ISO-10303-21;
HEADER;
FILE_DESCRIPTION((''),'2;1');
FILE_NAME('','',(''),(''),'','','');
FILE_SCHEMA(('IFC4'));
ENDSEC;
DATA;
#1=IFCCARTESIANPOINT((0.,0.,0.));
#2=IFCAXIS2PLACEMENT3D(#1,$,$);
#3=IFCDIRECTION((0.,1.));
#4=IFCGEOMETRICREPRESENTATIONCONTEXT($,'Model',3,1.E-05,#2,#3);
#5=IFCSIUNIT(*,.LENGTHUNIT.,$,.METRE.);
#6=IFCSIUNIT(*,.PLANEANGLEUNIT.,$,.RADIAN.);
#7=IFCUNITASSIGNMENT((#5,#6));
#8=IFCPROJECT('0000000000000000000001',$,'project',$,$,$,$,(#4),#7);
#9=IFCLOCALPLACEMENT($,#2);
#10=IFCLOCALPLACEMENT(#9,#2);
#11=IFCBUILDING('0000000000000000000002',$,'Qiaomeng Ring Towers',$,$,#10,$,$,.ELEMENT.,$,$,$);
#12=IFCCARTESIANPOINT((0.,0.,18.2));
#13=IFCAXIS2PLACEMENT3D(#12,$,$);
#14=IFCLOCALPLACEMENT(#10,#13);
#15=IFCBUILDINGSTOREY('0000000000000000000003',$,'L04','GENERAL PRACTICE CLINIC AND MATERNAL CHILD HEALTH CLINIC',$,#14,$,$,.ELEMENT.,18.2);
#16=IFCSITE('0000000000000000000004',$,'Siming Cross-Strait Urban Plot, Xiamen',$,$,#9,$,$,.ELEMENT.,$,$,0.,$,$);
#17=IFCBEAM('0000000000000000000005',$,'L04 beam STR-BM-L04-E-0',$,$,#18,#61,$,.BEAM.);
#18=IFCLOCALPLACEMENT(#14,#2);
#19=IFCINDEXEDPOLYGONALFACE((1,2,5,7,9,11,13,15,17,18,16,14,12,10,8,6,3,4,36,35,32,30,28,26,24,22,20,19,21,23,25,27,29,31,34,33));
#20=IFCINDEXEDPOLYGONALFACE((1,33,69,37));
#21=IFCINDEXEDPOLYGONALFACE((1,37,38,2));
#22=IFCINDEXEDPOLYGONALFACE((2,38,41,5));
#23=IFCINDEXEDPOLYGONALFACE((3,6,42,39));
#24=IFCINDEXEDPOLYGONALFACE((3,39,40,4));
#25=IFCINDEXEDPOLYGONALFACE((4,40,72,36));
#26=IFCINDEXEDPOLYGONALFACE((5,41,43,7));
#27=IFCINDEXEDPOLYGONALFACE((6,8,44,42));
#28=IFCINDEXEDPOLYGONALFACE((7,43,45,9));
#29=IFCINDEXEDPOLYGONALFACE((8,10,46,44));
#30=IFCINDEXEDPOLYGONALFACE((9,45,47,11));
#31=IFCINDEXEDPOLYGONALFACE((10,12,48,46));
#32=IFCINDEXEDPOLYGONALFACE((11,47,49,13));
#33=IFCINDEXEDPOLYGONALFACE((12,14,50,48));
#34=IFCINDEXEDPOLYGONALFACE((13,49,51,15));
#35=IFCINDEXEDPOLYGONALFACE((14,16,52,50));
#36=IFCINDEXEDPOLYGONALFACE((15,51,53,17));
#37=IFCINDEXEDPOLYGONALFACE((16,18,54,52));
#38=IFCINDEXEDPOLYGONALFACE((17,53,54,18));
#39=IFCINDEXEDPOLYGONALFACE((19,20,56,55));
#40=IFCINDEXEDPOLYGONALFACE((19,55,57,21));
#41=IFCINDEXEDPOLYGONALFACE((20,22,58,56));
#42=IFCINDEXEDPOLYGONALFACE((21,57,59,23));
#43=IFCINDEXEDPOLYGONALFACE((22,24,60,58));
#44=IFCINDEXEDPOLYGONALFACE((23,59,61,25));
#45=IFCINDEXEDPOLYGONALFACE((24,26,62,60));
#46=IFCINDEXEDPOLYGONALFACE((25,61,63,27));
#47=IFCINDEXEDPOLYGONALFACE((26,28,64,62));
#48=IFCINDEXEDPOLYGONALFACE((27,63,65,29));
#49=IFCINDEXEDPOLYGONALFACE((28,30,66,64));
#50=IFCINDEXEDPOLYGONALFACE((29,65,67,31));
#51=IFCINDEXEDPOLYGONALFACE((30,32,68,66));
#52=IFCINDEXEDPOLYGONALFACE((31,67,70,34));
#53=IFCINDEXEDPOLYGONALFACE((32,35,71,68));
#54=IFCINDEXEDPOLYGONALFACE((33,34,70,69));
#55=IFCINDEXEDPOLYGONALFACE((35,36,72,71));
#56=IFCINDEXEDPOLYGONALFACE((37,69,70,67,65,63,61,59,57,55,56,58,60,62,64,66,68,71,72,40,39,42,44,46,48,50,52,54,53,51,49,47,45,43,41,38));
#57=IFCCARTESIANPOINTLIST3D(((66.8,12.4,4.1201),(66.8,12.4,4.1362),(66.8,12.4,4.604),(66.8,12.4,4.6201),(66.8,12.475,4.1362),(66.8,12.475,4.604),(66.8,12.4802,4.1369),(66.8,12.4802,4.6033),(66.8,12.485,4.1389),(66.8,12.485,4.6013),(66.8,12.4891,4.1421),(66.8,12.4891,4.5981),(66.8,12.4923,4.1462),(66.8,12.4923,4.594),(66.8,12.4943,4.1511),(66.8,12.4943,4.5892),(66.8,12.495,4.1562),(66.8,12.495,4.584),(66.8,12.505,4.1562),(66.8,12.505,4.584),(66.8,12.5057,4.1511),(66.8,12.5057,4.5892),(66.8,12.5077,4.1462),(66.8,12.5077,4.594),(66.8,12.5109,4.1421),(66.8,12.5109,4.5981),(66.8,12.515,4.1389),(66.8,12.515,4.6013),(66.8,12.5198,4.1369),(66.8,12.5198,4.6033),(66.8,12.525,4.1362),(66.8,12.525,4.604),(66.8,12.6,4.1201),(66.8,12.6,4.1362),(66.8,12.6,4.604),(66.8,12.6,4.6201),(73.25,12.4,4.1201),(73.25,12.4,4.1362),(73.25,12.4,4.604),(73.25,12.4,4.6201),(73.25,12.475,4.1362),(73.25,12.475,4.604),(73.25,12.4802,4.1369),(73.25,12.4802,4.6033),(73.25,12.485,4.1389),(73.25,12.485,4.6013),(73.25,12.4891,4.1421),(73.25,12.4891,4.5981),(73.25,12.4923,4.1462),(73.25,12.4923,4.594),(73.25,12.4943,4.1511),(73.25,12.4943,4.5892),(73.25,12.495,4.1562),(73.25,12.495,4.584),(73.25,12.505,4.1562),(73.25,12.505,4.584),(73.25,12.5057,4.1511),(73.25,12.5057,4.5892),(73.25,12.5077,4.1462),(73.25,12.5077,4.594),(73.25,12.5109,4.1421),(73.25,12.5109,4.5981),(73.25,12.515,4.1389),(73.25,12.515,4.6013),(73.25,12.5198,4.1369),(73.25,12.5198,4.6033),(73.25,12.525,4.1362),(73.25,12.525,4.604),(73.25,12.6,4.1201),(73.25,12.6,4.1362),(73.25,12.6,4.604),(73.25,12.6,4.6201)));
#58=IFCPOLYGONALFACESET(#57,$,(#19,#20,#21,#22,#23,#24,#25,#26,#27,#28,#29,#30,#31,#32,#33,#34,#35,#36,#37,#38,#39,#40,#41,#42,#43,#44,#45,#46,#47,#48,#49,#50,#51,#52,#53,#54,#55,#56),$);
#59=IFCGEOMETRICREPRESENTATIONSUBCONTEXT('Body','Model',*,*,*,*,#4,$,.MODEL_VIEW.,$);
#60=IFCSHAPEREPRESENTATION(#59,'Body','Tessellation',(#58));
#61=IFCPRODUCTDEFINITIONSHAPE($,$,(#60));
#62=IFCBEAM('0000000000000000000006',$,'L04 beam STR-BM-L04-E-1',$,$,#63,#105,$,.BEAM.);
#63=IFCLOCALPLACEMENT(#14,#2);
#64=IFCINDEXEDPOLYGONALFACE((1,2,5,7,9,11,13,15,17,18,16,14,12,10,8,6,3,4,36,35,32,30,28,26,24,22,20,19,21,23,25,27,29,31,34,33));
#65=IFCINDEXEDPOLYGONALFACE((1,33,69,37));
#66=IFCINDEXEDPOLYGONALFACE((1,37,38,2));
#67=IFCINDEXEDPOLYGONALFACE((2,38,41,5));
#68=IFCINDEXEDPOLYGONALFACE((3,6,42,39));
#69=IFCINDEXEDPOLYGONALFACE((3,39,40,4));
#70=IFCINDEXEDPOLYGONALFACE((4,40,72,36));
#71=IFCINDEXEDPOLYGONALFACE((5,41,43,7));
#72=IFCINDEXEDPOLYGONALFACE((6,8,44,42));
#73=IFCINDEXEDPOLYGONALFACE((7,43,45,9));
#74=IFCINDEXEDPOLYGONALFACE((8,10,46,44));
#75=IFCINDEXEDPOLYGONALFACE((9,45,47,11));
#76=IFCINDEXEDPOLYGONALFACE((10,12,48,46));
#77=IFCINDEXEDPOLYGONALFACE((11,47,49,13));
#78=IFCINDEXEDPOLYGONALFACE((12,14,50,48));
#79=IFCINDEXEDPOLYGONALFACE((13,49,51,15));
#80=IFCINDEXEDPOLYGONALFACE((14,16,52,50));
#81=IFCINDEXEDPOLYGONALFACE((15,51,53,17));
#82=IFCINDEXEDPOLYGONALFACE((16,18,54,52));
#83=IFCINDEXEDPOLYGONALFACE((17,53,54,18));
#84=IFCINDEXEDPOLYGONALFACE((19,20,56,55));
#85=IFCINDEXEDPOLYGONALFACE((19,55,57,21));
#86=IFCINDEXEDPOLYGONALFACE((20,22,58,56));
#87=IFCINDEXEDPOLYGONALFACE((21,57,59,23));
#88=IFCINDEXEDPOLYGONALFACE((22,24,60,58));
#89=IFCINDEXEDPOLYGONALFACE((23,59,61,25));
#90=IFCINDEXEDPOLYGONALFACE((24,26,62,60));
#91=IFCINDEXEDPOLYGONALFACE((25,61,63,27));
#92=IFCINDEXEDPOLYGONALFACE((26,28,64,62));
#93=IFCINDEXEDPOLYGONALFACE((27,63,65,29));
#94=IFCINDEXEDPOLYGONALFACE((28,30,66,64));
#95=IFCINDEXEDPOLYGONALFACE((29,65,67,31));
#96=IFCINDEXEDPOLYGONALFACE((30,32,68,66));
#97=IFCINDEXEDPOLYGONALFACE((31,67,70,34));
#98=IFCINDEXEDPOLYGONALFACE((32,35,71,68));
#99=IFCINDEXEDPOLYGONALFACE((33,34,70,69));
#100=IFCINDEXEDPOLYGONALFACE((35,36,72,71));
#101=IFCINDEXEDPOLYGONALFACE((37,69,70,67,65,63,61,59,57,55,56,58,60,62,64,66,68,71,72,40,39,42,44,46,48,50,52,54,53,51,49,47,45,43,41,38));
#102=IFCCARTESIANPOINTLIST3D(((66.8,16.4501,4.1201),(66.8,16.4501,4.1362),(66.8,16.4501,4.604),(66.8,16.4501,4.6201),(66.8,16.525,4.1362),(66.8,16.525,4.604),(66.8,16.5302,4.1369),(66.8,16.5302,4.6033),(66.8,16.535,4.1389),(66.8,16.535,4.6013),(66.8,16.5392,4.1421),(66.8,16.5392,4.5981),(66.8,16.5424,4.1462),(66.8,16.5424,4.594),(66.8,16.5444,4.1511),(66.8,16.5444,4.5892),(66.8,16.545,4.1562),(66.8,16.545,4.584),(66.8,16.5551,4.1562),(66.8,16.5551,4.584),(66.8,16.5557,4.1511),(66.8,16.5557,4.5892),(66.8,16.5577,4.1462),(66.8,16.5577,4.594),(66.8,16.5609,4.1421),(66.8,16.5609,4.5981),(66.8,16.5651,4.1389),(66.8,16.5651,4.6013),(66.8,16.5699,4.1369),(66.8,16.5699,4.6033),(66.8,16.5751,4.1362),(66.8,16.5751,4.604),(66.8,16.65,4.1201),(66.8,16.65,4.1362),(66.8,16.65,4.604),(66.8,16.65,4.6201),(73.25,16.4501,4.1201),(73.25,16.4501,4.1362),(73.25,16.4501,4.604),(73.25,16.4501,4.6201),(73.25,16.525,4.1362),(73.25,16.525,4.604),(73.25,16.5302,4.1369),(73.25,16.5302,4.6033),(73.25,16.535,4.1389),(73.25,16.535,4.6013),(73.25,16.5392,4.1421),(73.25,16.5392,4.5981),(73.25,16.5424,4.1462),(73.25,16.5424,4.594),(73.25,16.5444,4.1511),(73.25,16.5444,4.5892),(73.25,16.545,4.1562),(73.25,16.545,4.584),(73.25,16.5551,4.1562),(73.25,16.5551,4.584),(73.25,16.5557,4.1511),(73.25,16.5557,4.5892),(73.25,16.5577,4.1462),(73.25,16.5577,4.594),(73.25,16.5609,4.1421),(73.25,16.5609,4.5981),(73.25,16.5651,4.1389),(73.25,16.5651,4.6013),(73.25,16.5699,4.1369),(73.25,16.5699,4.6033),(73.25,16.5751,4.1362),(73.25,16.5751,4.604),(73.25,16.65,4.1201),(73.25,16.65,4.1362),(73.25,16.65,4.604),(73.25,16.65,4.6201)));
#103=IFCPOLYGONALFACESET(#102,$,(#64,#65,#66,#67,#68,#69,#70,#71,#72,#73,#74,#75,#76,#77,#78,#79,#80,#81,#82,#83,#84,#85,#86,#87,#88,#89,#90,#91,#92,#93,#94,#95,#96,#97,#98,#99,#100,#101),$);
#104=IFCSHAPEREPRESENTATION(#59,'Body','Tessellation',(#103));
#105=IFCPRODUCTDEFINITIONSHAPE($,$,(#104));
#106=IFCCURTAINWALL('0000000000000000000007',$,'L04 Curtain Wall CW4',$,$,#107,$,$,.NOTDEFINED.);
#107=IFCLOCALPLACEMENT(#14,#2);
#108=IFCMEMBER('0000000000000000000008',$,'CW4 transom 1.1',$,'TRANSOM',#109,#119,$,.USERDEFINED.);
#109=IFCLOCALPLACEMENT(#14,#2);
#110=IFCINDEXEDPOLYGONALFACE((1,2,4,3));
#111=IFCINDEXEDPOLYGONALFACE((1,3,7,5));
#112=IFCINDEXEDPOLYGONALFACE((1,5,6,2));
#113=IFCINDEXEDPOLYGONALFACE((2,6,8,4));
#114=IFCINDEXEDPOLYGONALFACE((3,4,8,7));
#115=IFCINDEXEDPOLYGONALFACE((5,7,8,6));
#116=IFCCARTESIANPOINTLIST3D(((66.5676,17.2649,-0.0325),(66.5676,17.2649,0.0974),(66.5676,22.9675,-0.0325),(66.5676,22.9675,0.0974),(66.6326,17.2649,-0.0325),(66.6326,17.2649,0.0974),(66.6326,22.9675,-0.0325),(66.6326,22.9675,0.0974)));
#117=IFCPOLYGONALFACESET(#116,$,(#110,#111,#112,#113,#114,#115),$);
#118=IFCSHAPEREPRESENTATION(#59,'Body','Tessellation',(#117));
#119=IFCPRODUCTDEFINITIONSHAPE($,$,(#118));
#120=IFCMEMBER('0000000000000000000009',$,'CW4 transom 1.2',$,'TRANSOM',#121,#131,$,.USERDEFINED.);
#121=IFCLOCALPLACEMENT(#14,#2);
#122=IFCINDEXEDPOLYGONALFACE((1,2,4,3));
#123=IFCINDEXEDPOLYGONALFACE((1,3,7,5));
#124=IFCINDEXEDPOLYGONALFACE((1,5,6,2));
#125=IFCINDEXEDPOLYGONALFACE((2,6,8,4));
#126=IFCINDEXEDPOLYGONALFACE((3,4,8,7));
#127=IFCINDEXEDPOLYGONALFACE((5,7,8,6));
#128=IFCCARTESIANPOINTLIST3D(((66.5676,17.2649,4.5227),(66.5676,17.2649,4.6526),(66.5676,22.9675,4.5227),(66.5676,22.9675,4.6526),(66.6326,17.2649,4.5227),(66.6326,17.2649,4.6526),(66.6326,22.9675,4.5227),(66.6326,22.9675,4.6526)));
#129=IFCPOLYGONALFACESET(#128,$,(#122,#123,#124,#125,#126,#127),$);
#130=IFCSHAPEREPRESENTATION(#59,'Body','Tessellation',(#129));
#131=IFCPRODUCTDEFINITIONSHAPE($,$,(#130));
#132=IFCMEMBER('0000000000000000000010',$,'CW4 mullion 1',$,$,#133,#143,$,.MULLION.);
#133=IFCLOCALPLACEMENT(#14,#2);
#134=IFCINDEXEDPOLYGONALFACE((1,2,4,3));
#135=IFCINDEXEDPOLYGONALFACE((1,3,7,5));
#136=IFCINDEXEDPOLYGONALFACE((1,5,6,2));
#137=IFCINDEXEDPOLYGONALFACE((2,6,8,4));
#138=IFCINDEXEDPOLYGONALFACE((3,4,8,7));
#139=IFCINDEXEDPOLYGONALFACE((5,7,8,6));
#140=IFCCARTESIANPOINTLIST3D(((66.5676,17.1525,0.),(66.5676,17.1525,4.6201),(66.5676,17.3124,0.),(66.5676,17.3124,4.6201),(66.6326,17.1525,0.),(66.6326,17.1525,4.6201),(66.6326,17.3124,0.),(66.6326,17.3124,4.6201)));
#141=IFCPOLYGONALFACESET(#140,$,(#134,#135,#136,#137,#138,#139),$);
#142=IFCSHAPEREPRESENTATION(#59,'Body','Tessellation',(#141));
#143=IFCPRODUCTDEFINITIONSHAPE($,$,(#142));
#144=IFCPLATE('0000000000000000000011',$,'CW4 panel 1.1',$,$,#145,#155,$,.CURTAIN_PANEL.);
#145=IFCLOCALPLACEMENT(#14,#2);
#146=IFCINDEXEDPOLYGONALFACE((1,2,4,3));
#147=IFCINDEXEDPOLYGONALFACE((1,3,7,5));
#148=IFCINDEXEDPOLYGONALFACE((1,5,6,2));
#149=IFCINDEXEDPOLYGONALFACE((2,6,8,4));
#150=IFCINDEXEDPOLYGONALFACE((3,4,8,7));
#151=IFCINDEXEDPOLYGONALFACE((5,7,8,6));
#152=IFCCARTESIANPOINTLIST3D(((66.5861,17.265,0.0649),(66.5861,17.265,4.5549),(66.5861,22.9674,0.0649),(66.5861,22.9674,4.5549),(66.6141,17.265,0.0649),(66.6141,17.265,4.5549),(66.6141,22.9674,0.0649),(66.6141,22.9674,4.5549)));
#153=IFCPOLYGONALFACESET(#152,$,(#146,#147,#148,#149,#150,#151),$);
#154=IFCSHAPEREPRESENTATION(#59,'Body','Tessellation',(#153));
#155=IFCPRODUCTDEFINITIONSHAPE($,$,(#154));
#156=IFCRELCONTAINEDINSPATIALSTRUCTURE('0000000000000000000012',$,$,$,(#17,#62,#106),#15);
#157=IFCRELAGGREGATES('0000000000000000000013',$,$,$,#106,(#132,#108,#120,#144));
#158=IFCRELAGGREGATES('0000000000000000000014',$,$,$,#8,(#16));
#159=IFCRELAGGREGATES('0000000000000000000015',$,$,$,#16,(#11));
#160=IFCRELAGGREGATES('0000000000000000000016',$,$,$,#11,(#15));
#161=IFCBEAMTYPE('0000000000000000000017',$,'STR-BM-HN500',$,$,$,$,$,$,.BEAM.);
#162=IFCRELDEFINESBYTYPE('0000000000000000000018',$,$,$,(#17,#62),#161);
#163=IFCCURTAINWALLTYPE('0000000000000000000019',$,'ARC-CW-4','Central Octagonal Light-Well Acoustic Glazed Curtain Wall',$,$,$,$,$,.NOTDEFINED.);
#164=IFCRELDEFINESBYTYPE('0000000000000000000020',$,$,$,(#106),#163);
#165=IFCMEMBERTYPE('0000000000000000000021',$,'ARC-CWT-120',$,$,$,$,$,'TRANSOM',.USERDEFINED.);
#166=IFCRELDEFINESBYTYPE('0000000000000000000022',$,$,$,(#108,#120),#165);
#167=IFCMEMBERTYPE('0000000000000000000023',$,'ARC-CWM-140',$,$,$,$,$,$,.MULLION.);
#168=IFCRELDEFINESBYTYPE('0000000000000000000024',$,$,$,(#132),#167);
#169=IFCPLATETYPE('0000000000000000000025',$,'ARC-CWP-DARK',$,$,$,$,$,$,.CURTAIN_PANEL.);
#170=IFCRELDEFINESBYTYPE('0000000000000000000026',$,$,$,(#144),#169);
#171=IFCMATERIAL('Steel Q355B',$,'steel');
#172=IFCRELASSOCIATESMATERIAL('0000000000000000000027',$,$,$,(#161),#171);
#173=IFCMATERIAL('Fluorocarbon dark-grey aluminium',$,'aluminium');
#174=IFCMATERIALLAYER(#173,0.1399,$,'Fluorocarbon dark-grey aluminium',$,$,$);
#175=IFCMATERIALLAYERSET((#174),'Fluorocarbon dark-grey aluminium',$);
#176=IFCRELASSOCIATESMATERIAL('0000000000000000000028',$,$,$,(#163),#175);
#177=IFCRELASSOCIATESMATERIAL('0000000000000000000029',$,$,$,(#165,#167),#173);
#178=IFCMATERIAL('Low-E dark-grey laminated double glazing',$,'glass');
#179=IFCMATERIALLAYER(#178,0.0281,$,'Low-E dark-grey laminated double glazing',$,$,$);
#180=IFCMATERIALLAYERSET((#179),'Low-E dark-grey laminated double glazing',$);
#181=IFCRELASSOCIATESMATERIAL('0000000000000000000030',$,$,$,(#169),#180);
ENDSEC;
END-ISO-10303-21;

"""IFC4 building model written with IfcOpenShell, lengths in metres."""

from ifc_helpers import new_model, si_unit, direction, frame, origin, origin_2d, place, context, subcontext, project, spatial, rectangle, i_section, extrude, source, transform, mapped, material, layer, layer_set, material_profile, profile_set, type_object, element, aggregate, save


model = new_model("IFC4")

# Units and contexts
model_context = context("Model", 3, precision=1e-05, world=origin(), true_north=direction((0.0, 1.0)))
body_context = subcontext(model_context, "Body", "Model", "MODEL_VIEW")
ifc_project = project(units=[si_unit("LENGTHUNIT", "METRE"), si_unit("PLANEANGLEUNIT", "RADIAN")], contexts=[model_context])

# Site, building, storey
site_placement = place(None, origin())
site = spatial("IfcSite", under=ifc_project, at=site_placement, Name="Siming Cross-Strait Urban Plot, Xiamen", CompositionType="ELEMENT", RefElevation=0.0)
building_placement = place(site_placement, origin())
building = spatial("IfcBuilding", under=site, at=building_placement, Name="Qiaomeng Ring Towers", CompositionType="ELEMENT")
storey_placement = place(building_placement, frame((0.0, 0.0, 18.2)))
storey = spatial("IfcBuildingStorey", under=building, at=storey_placement, Name="L04", Description="GENERAL PRACTICE CLINIC AND MATERNAL CHILD HEALTH CLINIC", CompositionType="ELEMENT", Elevation=18.2)

# Beams
ifc_material_1 = material(Name="Steel Q355B", Category="steel")
ifc_material_profile_1 = material_profile(ifc_material_1, i_section(OverallWidth=0.2, OverallDepth=0.5, WebThickness=0.01, FlangeThickness=0.0161, FilletRadius=0.02, at=origin_2d()), Name="HN 500x200x10x16")
ifc_profile_set_1 = profile_set([ifc_material_profile_1], Name="Steel Q355B")
beam_type = type_object("IfcBeamType", Name="STR-BM-HN500", PredefinedType="BEAM", material=ifc_profile_set_1)
shared_shape_1 = source(origin(), body_context, "Body", "SweptSolid", [
    extrude(i_section(OverallWidth=0.2, OverallDepth=0.5, WebThickness=0.01, FlangeThickness=0.0161, FilletRadius=0.02, at=origin_2d()), origin(), (0.0, 0.0, 1.0), 6.45),
])
for number, where, z_axis, x_axis, name in (
    (1, (66.8, 12.5, 4.3701), (1.0, 0.0, 0.0), (0.0, 1.0, 0.0), "L04 beam STR-BM-L04-E-0"),
    (2, (66.8, 16.55, 4.3701), (1.0, 0.0, 0.0), (0.0, 1.0, 0.0), "L04 beam STR-BM-L04-E-1"),
):
    element("IfcBeam", number, at=place(storey_placement, frame(where, z_axis=z_axis, x_axis=x_axis)), inside=storey, type_object=beam_type, Name=name, PredefinedType="BEAM", context=body_context, shape_type="MappedRepresentation", body=[
        mapped(shared_shape_1, transform((0.0, 0.0, 0.0), x_axis=(1.0, 0.0, 0.0), y_axis=(0.0, 1.0, 0.0), z_axis=(0.0, 0.0, 1.0), scale=1.0)),
    ])

# Curtain wall, members, plate
ifc_material_2 = material(Name="Fluorocarbon dark-grey aluminium", Category="aluminium")
ifc_layer_1 = layer(ifc_material_2, 0.1399, Name="Fluorocarbon dark-grey aluminium")
ifc_layer_set_1 = layer_set([ifc_layer_1], Name="Fluorocarbon dark-grey aluminium")
curtain_wall_type = type_object("IfcCurtainWallType", Name="ARC-CW-4", Description="Central Octagonal Light-Well Acoustic Glazed Curtain Wall", PredefinedType="NOTDEFINED", material=ifc_layer_set_1)
curtain_wall_placement = place(storey_placement, origin())
curtain_wall = element("IfcCurtainWall", 3, at=curtain_wall_placement, inside=storey, type_object=curtain_wall_type, Name="L04 Curtain Wall CW4", PredefinedType="NOTDEFINED")
ifc_material_profile_2 = material_profile(ifc_material_2, rectangle(XDim=0.0649, YDim=0.1299, at=origin_2d()), Name="ALU TRAN 65x130")
ifc_profile_set_2 = profile_set([ifc_material_profile_2], Name="Fluorocarbon dark-grey aluminium")
member_type_1 = type_object("IfcMemberType", Name="ARC-CWT-120", ElementType="TRANSOM", PredefinedType="USERDEFINED", material=ifc_profile_set_2)
shared_shape_2 = source(origin(), body_context, "Body", "SweptSolid", [
    extrude(rectangle(XDim=0.0649, YDim=0.1299, at=origin_2d()), origin(), (0.0, 0.0, 1.0), 5.7026),
])
member_1_placement = place(storey_placement, frame((66.6001, 17.2649, 0.0325), z_axis=(0.0, 1.0, 0.0), x_axis=(-1.0, 0.0, 0.0)))
member_1 = element("IfcMember", 4, at=member_1_placement, type_object=member_type_1, Name="CW4 transom 1.1", ObjectType="TRANSOM", PredefinedType="USERDEFINED", context=body_context, shape_type="MappedRepresentation", body=[
    mapped(shared_shape_2, transform((0.0, 0.0, 0.0), x_axis=(1.0, 0.0, 0.0), y_axis=(0.0, 1.0, 0.0), z_axis=(0.0, 0.0, 1.0), scale=1.0)),
])
member_2_placement = place(storey_placement, frame((66.6001, 17.2649, 4.5876), z_axis=(0.0, 1.0, 0.0), x_axis=(-1.0, 0.0, 0.0)))
member_2 = element("IfcMember", 5, at=member_2_placement, type_object=member_type_1, Name="CW4 transom 1.2", ObjectType="TRANSOM", PredefinedType="USERDEFINED", context=body_context, shape_type="MappedRepresentation", body=[
    mapped(shared_shape_2, transform((0.0, 0.0, 0.0), x_axis=(1.0, 0.0, 0.0), y_axis=(0.0, 1.0, 0.0), z_axis=(0.0, 0.0, 1.0), scale=1.0)),
])
ifc_material_profile_3 = material_profile(ifc_material_2, rectangle(XDim=0.0649, YDim=0.1599, at=origin_2d()), Name="ALU MULL 65x160")
ifc_profile_set_3 = profile_set([ifc_material_profile_3], Name="Fluorocarbon dark-grey aluminium")
member_type_2 = type_object("IfcMemberType", Name="ARC-CWM-140", PredefinedType="MULLION", material=ifc_profile_set_3)
shared_shape_3 = source(origin(), body_context, "Body", "SweptSolid", [
    extrude(rectangle(XDim=0.0649, YDim=0.1599, at=origin_2d()), origin(), (0.0, 0.0, 1.0), 4.6201),
])
member_3_placement = place(storey_placement, frame((66.6001, 17.2324, 0.0), z_axis=(0.0, 0.0, 1.0), x_axis=(-1.0, 0.0, 0.0)))
member_3 = element("IfcMember", 6, at=member_3_placement, type_object=member_type_2, Name="CW4 mullion 1", PredefinedType="MULLION", context=body_context, shape_type="MappedRepresentation", body=[
    mapped(shared_shape_3, transform((0.0, 0.0, 0.0), x_axis=(1.0, 0.0, 0.0), y_axis=(0.0, 1.0, 0.0), z_axis=(0.0, 0.0, 1.0), scale=1.0)),
])
ifc_material_3 = material(Name="Low-E dark-grey laminated double glazing", Category="glass")
ifc_layer_2 = layer(ifc_material_3, 0.0281, Name="Low-E dark-grey laminated double glazing")
ifc_layer_set_2 = layer_set([ifc_layer_2], Name="Low-E dark-grey laminated double glazing")
plate_type = type_object("IfcPlateType", Name="ARC-CWP-DARK", PredefinedType="CURTAIN_PANEL", material=ifc_layer_set_2)
shared_shape_4 = source(origin(), body_context, "Body", "SweptSolid", [
    extrude(rectangle(XDim=5.7024, YDim=0.0281, at=origin_2d()), origin(), (0.0, 0.0, 1.0), 4.49),
])
plate_placement = place(storey_placement, frame((66.6001, 20.1162, 0.0649), z_axis=(0.0, 0.0, 1.0), x_axis=(0.0, 1.0, 0.0)))
plate = element("IfcPlate", 7, at=plate_placement, type_object=plate_type, Name="CW4 panel 1.1", PredefinedType="CURTAIN_PANEL", context=body_context, shape_type="MappedRepresentation", body=[
    mapped(shared_shape_4, transform((0.0, 0.0, 0.0), x_axis=(1.0, 0.0, 0.0), y_axis=(0.0, 1.0, 0.0), z_axis=(0.0, 0.0, 1.0), scale=1.0)),
])
aggregate(curtain_wall, [member_3, member_1, member_2, plate])

save(model, "model.ifc")
